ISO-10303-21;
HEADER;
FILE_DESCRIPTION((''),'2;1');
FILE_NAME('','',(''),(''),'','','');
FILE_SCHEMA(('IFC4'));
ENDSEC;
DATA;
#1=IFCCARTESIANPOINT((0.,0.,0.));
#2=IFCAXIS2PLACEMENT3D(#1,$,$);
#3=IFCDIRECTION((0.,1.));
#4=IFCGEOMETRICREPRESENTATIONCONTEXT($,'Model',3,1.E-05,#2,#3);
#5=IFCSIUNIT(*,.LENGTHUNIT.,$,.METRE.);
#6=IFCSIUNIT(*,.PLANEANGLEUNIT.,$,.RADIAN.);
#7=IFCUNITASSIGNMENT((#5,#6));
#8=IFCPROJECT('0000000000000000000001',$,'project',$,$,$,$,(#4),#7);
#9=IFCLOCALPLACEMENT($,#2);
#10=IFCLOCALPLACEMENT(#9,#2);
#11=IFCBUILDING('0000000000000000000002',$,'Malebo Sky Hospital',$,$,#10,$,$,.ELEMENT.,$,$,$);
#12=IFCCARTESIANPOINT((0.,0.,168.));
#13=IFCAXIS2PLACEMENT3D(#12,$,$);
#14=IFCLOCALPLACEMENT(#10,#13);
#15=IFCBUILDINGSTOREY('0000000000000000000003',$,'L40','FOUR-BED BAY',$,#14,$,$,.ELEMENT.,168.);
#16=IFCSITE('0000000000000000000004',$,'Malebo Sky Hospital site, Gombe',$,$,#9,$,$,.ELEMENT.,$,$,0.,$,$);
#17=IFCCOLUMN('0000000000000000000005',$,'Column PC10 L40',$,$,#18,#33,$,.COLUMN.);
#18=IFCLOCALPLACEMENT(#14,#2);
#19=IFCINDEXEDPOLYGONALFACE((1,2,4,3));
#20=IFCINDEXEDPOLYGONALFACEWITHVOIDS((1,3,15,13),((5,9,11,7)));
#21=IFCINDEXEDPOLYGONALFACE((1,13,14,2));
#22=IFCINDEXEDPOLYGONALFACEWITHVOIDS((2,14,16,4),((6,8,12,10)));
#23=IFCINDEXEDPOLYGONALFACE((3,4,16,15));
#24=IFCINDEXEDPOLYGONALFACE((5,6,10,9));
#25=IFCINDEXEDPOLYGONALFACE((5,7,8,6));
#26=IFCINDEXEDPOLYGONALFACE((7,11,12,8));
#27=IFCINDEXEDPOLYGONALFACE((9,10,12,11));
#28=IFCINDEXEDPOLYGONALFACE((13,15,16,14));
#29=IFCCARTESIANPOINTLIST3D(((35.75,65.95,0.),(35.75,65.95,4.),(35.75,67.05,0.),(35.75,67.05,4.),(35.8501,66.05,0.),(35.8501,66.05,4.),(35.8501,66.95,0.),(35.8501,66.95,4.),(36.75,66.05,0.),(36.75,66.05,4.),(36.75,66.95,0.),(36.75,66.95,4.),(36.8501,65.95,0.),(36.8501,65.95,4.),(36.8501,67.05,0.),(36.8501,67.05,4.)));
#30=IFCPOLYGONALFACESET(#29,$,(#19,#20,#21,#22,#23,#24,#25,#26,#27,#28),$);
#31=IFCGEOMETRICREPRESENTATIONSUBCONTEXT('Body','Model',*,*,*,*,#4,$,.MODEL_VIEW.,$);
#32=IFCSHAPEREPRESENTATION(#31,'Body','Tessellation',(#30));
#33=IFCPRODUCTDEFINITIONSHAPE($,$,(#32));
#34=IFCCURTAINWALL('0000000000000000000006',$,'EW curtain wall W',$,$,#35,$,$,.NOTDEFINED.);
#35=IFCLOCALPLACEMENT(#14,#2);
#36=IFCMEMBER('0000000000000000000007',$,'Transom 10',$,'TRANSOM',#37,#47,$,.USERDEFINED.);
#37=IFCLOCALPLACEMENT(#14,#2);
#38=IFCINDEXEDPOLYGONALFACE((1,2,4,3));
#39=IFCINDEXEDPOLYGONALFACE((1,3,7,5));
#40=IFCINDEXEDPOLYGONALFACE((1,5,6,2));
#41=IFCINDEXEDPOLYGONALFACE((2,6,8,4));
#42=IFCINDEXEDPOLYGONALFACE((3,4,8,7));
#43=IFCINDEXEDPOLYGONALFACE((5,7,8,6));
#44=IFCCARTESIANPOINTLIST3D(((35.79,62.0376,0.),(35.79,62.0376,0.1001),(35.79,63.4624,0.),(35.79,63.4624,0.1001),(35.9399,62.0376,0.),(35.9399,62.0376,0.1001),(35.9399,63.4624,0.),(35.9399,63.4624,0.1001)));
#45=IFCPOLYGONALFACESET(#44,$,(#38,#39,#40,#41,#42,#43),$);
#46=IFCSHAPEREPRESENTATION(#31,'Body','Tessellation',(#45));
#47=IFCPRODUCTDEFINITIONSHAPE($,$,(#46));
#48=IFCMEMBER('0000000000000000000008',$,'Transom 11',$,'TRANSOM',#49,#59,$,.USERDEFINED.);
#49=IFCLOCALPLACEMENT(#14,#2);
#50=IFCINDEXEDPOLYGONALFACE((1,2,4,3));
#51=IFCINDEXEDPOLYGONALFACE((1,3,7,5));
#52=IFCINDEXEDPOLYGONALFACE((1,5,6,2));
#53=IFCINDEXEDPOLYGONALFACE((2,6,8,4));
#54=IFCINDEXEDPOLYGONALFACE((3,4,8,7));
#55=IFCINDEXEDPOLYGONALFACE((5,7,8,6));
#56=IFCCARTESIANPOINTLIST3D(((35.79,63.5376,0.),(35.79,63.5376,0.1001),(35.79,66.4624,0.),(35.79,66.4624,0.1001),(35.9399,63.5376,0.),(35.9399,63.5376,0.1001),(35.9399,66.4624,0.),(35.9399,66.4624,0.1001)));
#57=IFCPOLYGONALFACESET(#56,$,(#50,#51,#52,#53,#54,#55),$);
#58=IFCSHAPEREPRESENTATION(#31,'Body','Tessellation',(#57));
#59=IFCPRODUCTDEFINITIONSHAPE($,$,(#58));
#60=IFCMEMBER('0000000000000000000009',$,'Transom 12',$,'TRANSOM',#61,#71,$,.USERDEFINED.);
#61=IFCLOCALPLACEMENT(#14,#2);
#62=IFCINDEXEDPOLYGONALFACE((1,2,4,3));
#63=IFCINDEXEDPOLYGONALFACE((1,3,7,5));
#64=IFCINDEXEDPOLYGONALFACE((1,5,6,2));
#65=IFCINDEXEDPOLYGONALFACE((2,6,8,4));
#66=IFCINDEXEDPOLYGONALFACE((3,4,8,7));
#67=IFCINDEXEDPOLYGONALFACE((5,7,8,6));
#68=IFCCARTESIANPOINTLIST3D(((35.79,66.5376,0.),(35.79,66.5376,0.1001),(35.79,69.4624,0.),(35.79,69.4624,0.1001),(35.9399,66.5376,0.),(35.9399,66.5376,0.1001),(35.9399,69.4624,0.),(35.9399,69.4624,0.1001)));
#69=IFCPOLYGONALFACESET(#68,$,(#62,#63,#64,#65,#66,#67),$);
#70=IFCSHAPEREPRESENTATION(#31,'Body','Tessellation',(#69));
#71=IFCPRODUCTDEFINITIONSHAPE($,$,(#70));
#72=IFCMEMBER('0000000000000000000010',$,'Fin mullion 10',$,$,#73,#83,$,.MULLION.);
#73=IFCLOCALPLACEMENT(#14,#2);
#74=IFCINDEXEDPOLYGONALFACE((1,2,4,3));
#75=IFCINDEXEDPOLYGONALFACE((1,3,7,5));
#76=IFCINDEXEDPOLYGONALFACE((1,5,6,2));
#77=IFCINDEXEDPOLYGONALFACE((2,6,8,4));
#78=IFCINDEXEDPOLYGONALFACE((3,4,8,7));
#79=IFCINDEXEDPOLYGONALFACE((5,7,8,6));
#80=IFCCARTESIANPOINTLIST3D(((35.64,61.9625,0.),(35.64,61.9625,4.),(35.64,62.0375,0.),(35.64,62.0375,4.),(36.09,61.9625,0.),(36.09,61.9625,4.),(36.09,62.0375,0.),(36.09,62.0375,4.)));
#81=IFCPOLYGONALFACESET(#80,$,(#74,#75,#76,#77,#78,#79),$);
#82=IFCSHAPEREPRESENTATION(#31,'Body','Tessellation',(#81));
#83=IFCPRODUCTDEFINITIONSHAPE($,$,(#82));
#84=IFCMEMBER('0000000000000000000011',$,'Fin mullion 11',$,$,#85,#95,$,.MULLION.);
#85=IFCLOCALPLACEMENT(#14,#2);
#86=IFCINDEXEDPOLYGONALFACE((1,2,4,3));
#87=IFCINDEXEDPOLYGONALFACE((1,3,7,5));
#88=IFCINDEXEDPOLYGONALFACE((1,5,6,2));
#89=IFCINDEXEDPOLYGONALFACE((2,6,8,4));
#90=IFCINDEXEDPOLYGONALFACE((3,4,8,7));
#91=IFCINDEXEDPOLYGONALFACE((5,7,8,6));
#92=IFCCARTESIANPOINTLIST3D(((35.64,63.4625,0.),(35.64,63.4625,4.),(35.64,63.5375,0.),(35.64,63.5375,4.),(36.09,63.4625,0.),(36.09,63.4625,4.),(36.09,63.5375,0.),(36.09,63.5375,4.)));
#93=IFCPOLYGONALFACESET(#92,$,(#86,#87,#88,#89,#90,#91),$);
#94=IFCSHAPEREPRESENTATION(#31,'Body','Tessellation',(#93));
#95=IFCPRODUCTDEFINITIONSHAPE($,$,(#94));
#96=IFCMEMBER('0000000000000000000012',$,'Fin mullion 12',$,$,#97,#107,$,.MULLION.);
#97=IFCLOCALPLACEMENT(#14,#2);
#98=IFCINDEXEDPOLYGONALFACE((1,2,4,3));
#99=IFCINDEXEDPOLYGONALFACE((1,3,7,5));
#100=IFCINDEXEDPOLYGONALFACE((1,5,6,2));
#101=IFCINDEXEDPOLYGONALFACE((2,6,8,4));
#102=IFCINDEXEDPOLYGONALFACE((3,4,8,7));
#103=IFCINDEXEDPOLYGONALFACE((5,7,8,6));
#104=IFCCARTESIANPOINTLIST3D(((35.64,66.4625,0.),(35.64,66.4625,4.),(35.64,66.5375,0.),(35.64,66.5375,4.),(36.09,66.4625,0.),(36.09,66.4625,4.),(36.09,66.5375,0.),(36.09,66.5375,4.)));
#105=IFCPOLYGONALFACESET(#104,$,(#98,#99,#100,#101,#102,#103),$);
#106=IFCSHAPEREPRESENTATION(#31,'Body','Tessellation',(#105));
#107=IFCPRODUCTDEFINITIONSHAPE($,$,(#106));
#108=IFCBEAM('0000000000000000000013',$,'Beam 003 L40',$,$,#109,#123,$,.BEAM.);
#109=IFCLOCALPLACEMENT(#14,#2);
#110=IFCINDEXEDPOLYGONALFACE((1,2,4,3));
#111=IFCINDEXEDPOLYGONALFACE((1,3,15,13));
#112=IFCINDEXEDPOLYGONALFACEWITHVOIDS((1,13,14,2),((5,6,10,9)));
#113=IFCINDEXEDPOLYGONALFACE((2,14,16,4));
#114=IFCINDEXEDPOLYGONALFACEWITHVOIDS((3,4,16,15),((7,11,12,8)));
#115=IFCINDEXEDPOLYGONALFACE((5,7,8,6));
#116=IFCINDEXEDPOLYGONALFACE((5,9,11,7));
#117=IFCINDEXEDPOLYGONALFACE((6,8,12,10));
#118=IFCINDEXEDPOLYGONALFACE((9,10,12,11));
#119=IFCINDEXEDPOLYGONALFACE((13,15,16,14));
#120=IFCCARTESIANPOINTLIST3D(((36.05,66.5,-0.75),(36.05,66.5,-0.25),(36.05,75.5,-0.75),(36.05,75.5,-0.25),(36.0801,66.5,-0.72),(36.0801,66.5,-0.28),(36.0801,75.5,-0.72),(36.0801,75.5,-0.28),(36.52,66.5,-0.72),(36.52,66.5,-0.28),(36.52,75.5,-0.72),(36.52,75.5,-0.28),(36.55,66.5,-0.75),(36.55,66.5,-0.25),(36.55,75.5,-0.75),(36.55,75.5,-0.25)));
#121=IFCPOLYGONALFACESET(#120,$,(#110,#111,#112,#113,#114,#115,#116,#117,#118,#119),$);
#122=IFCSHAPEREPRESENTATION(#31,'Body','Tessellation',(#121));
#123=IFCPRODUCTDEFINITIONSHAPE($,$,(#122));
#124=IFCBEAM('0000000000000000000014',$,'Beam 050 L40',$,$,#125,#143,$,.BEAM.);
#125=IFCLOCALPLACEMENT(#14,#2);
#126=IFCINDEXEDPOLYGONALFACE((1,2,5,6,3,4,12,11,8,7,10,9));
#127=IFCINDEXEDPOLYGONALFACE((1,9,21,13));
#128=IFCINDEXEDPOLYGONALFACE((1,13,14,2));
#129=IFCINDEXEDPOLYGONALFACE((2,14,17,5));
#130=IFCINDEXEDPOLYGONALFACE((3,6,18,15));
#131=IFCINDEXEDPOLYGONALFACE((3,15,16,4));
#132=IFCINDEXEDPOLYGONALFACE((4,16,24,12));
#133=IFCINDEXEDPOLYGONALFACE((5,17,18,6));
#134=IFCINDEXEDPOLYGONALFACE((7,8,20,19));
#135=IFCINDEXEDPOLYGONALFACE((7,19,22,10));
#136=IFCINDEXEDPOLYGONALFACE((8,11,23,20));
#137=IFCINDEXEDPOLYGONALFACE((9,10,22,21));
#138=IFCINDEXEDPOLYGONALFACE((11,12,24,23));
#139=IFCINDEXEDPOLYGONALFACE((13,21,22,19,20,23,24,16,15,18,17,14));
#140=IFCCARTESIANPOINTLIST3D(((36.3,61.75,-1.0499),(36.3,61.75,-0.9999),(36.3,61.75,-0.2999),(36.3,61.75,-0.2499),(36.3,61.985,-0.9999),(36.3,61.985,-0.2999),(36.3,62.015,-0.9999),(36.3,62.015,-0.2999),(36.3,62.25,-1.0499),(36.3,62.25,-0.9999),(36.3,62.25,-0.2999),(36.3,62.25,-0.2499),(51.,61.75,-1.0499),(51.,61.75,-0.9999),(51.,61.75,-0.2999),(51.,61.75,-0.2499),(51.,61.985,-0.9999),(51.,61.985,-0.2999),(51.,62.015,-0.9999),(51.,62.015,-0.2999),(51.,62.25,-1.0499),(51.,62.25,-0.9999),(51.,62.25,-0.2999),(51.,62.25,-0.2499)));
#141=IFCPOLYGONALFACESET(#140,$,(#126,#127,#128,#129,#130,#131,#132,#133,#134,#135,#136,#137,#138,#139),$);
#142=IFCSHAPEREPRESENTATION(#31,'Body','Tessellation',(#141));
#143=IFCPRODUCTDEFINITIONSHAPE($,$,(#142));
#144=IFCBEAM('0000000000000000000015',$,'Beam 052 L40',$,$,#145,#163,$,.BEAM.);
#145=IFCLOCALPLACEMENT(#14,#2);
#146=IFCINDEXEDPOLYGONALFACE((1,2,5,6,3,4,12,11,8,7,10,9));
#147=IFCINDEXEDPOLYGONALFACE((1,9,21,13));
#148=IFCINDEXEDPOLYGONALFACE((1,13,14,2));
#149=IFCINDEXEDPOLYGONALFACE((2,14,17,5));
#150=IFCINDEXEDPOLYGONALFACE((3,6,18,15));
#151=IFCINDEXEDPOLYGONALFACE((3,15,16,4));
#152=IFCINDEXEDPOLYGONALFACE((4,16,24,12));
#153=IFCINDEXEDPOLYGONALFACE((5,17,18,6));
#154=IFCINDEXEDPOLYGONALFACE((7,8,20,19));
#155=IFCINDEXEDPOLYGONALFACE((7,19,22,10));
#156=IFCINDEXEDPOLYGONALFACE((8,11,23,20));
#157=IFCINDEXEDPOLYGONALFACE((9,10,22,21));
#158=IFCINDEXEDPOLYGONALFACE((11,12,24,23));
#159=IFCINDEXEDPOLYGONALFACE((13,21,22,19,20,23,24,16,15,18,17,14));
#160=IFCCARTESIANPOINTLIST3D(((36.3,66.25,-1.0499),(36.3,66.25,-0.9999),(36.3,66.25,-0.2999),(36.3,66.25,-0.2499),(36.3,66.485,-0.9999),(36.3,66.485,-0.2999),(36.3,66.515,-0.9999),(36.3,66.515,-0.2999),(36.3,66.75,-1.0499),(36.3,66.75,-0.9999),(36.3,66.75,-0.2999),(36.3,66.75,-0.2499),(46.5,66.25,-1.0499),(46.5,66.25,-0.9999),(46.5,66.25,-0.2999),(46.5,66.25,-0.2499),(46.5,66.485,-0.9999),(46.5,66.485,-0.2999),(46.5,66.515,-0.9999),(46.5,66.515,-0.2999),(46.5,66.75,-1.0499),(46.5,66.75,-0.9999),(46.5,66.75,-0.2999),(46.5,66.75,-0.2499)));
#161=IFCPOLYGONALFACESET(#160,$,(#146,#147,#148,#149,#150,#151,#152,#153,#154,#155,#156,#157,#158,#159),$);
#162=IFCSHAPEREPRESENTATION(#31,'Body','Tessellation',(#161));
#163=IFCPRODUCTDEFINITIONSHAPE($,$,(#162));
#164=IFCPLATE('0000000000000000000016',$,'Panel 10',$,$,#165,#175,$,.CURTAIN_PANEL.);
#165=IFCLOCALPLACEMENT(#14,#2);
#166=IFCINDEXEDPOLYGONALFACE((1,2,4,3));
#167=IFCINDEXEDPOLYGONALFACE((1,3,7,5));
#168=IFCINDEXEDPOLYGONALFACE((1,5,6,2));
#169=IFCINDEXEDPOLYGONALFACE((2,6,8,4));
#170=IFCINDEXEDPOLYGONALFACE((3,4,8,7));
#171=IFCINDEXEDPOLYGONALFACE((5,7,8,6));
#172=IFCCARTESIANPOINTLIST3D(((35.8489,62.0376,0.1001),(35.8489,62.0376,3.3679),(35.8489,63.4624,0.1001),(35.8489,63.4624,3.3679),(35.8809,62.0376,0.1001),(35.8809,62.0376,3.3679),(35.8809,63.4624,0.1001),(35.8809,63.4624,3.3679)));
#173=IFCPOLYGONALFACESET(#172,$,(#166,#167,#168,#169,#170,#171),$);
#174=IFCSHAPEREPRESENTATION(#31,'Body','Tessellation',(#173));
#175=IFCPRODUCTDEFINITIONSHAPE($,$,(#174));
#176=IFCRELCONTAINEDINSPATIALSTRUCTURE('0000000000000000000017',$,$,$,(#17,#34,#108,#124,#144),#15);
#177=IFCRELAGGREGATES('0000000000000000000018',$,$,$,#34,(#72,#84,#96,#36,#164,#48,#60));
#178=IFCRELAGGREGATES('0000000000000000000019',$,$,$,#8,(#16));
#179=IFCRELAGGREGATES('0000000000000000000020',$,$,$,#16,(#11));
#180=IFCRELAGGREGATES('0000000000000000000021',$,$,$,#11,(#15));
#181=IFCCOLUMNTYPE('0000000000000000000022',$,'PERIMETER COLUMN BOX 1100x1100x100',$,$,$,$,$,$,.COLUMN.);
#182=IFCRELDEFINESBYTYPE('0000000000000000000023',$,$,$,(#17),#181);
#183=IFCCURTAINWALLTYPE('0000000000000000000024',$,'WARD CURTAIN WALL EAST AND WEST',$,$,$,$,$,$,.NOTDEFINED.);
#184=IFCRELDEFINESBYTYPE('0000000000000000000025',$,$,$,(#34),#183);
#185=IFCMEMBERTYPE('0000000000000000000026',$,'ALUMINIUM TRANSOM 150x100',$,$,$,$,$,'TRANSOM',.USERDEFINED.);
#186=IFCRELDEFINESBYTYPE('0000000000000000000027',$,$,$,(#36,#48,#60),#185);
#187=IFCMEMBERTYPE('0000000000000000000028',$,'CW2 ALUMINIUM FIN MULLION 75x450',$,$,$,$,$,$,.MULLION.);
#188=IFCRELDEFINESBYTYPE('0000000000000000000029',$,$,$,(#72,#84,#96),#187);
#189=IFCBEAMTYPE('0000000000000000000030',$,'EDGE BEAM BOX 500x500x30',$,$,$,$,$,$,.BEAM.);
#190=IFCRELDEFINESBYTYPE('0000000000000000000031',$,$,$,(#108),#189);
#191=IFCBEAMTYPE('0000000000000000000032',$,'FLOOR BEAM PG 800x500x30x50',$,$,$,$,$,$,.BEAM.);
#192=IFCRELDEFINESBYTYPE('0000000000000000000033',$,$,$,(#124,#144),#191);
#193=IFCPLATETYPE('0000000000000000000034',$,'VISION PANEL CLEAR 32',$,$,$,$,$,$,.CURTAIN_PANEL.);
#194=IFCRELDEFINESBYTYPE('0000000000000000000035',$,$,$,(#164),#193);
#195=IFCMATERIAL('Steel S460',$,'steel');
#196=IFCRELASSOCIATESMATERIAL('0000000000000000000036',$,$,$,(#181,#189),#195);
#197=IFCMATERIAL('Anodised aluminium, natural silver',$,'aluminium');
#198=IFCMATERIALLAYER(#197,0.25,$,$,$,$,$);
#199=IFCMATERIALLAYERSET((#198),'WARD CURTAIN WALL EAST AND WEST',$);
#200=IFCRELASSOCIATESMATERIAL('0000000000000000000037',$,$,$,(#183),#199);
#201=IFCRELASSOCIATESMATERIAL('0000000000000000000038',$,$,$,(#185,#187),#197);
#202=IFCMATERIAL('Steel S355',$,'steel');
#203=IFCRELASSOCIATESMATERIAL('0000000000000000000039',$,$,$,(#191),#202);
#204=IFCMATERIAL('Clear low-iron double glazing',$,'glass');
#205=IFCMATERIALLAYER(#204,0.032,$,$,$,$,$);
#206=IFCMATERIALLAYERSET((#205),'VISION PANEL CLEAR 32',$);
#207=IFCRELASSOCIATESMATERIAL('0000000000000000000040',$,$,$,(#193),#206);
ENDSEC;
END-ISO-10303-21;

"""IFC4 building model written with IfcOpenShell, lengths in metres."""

from ifc_helpers import new_model, si_unit, direction, frame, origin, origin_2d, place, context, subcontext, project, spatial, polyline, rectangle, hollow_rectangle, i_section, outline, extrude, material, layer, layer_set, material_profile, profile_set, type_object, element, aggregate, save


model = new_model("IFC4")

# Units and contexts
model_context = context("Model", 3, precision=1e-05, world=origin(), true_north=direction((0.0, 1.0)))
body_context = subcontext(model_context, "Body", "Model", "MODEL_VIEW")
ifc_project = project(units=[si_unit("LENGTHUNIT", "METRE"), si_unit("PLANEANGLEUNIT", "RADIAN")], contexts=[model_context])

# Site, building, storey
site_placement = place(None, origin())
site = spatial("IfcSite", under=ifc_project, at=site_placement, Name="Malebo Sky Hospital site, Gombe", CompositionType="ELEMENT", RefElevation=0.0)
building_placement = place(site_placement, origin())
building = spatial("IfcBuilding", under=site, at=building_placement, Name="Malebo Sky Hospital", CompositionType="ELEMENT")
storey_placement = place(building_placement, frame((0.0, 0.0, 168.0)))
storey = spatial("IfcBuildingStorey", under=building, at=storey_placement, Name="L40", Description="FOUR-BED BAY", CompositionType="ELEMENT", Elevation=168.0)

# Column
ifc_material_1 = material(Name="Steel S460", Category="steel")
ifc_material_profile_1 = material_profile(ifc_material_1, hollow_rectangle(XDim=1.1001, YDim=1.1001, WallThickness=0.1001, at=origin_2d()), Name="BOX 1100x1100x100")
ifc_profile_set_1 = profile_set([ifc_material_profile_1], Name="Steel S460")
column_type = type_object("IfcColumnType", Name="PERIMETER COLUMN BOX 1100x1100x100", PredefinedType="COLUMN", material=ifc_profile_set_1)
column_placement = place(storey_placement, frame((36.3, 66.5, 0.0), z_axis=(0.0, 0.0, 1.0), x_axis=(1.0, 0.0, 0.0)))
element("IfcColumn", 1, at=column_placement, inside=storey, type_object=column_type, Name="Column PC10 L40", PredefinedType="COLUMN", context=body_context, shape_type="SweptSolid", body=[
    extrude(hollow_rectangle(XDim=1.1001, YDim=1.1001, WallThickness=0.1001, at=origin_2d()), origin(), (0.0, 0.0, 1.0), 4.0),
])

# Curtain wall, members
ifc_material_2 = material(Name="Anodised aluminium, natural silver", Category="aluminium")
ifc_layer_1 = layer(ifc_material_2, 0.25)
ifc_layer_set_1 = layer_set([ifc_layer_1], Name="WARD CURTAIN WALL EAST AND WEST")
curtain_wall_type = type_object("IfcCurtainWallType", Name="WARD CURTAIN WALL EAST AND WEST", PredefinedType="NOTDEFINED", material=ifc_layer_set_1)
curtain_wall_placement = place(storey_placement, origin())
curtain_wall = element("IfcCurtainWall", 2, at=curtain_wall_placement, inside=storey, type_object=curtain_wall_type, Name="EW curtain wall W", PredefinedType="NOTDEFINED")
ifc_material_profile_2 = material_profile(ifc_material_2, rectangle(XDim=0.1499, YDim=0.1001, at=origin_2d()), Name="ALUMINIUM TRANSOM 150x100")
ifc_profile_set_2 = profile_set([ifc_material_profile_2], Name="Anodised aluminium, natural silver")
member_type_1 = type_object("IfcMemberType", Name="ALUMINIUM TRANSOM 150x100", ElementType="TRANSOM", PredefinedType="USERDEFINED", material=ifc_profile_set_2)
member_1_placement = place(storey_placement, frame((35.865, 62.0376, 0.05), z_axis=(0.0, 1.0, 0.0), x_axis=(-1.0, 0.0, 0.0)))
member_1 = element("IfcMember", 3, at=member_1_placement, type_object=member_type_1, Name="Transom 10", ObjectType="TRANSOM", PredefinedType="USERDEFINED", context=body_context, shape_type="SweptSolid", body=[
    extrude(rectangle(XDim=0.1499, YDim=0.1001, at=origin_2d()), origin(), (0.0, 0.0, 1.0), 1.4248),
])
member_2_placement = place(storey_placement, frame((35.865, 63.5376, 0.05), z_axis=(0.0, 1.0, 0.0), x_axis=(-1.0, 0.0, 0.0)))
member_2 = element("IfcMember", 4, at=member_2_placement, type_object=member_type_1, Name="Transom 11", ObjectType="TRANSOM", PredefinedType="USERDEFINED", context=body_context, shape_type="SweptSolid", body=[
    extrude(rectangle(XDim=0.1499, YDim=0.1001, at=origin_2d()), origin(), (0.0, 0.0, 1.0), 2.9248),
])
member_3_placement = place(storey_placement, frame((35.865, 66.5376, 0.05), z_axis=(0.0, 1.0, 0.0), x_axis=(-1.0, 0.0, 0.0)))
member_3 = element("IfcMember", 5, at=member_3_placement, type_object=member_type_1, Name="Transom 12", ObjectType="TRANSOM", PredefinedType="USERDEFINED", context=body_context, shape_type="SweptSolid", body=[
    extrude(rectangle(XDim=0.1499, YDim=0.1001, at=origin_2d()), origin(), (0.0, 0.0, 1.0), 2.9248),
])
ifc_material_profile_3 = material_profile(ifc_material_2, rectangle(XDim=0.075, YDim=0.45, at=origin_2d()), Name="CW2 ALUMINIUM FIN MULLION 75x450")
ifc_profile_set_3 = profile_set([ifc_material_profile_3], Name="Anodised aluminium, natural silver")
member_type_2 = type_object("IfcMemberType", Name="CW2 ALUMINIUM FIN MULLION 75x450", PredefinedType="MULLION", material=ifc_profile_set_3)
member_4_placement = place(storey_placement, frame((35.865, 62.0, 0.0), z_axis=(0.0, 0.0, 1.0), x_axis=(0.0, 1.0, 0.0)))
member_4 = element("IfcMember", 6, at=member_4_placement, type_object=member_type_2, Name="Fin mullion 10", PredefinedType="MULLION", context=body_context, shape_type="SweptSolid", body=[
    extrude(rectangle(XDim=0.075, YDim=0.45, at=origin_2d()), origin(), (0.0, 0.0, 1.0), 4.0),
])
member_5_placement = place(storey_placement, frame((35.865, 63.5, 0.0), z_axis=(0.0, 0.0, 1.0), x_axis=(0.0, 1.0, 0.0)))
member_5 = element("IfcMember", 7, at=member_5_placement, type_object=member_type_2, Name="Fin mullion 11", PredefinedType="MULLION", context=body_context, shape_type="SweptSolid", body=[
    extrude(rectangle(XDim=0.075, YDim=0.45, at=origin_2d()), origin(), (0.0, 0.0, 1.0), 4.0),
])
member_6_placement = place(storey_placement, frame((35.865, 66.5, 0.0), z_axis=(0.0, 0.0, 1.0), x_axis=(0.0, 1.0, 0.0)))
member_6 = element("IfcMember", 8, at=member_6_placement, type_object=member_type_2, Name="Fin mullion 12", PredefinedType="MULLION", context=body_context, shape_type="SweptSolid", body=[
    extrude(rectangle(XDim=0.075, YDim=0.45, at=origin_2d()), origin(), (0.0, 0.0, 1.0), 4.0),
])

# Beams
ifc_material_profile_4 = material_profile(ifc_material_1, hollow_rectangle(XDim=0.5, YDim=0.5, WallThickness=0.03, at=origin_2d()), Name="BOX 500x500x30")
ifc_profile_set_4 = profile_set([ifc_material_profile_4], Name="Steel S460")
beam_type_1 = type_object("IfcBeamType", Name="EDGE BEAM BOX 500x500x30", PredefinedType="BEAM", material=ifc_profile_set_4)
beam_1_placement = place(storey_placement, frame((36.3, 66.5, -0.5), z_axis=(0.0, 1.0, 0.0), x_axis=(-1.0, 0.0, 0.0)))
element("IfcBeam", 9, at=beam_1_placement, inside=storey, type_object=beam_type_1, Name="Beam 003 L40", PredefinedType="BEAM", context=body_context, shape_type="SweptSolid", body=[
    extrude(hollow_rectangle(XDim=0.5, YDim=0.5, WallThickness=0.03, at=origin_2d()), origin(), (0.0, 0.0, 1.0), 9.0),
])
ifc_material_3 = material(Name="Steel S355", Category="steel")
ifc_material_profile_5 = material_profile(ifc_material_3, i_section(OverallWidth=0.5, OverallDepth=0.8, WebThickness=0.03, FlangeThickness=0.05, at=origin_2d()), Name="PG 800x500x30x50")
ifc_profile_set_5 = profile_set([ifc_material_profile_5], Name="Steel S355")
beam_type_2 = type_object("IfcBeamType", Name="FLOOR BEAM PG 800x500x30x50", PredefinedType="BEAM", material=ifc_profile_set_5)
beam_2_placement = place(storey_placement, frame((36.3, 62.0, -0.6499), z_axis=(1.0, 0.0, 0.0), x_axis=(0.0, 1.0, 0.0)))
element("IfcBeam", 10, at=beam_2_placement, inside=storey, type_object=beam_type_2, Name="Beam 050 L40", PredefinedType="BEAM", context=body_context, shape_type="SweptSolid", body=[
    extrude(i_section(OverallWidth=0.5, OverallDepth=0.8, WebThickness=0.03, FlangeThickness=0.05, at=origin_2d()), origin(), (0.0, 0.0, 1.0), 14.7),
])
beam_3_placement = place(storey_placement, frame((36.3, 66.5, -0.6499), z_axis=(1.0, 0.0, 0.0), x_axis=(0.0, 1.0, 0.0)))
element("IfcBeam", 11, at=beam_3_placement, inside=storey, type_object=beam_type_2, Name="Beam 052 L40", PredefinedType="BEAM", context=body_context, shape_type="SweptSolid", body=[
    extrude(i_section(OverallWidth=0.5, OverallDepth=0.8, WebThickness=0.03, FlangeThickness=0.05, at=origin_2d()), origin(), (0.0, 0.0, 1.0), 10.2),
])

# Plate
ifc_material_4 = material(Name="Clear low-iron double glazing", Category="glass")
ifc_layer_2 = layer(ifc_material_4, 0.032)
ifc_layer_set_2 = layer_set([ifc_layer_2], Name="VISION PANEL CLEAR 32")
plate_type = type_object("IfcPlateType", Name="VISION PANEL CLEAR 32", PredefinedType="CURTAIN_PANEL", material=ifc_layer_set_2)
plate_1_placement = place(storey_placement, frame((35.865, 62.75, 0.1001), z_axis=(0.0, 0.0, 1.0), x_axis=(0.0, 1.0, 0.0)))
plate_1 = element("IfcPlate", 12, at=plate_1_placement, type_object=plate_type, Name="Panel 10", PredefinedType="CURTAIN_PANEL", context=body_context, shape_type="SweptSolid", body=[
    extrude(outline(polyline([(-0.7124, 0.0), (0.7124, 0.0), (0.7124, 3.2678), (-0.7124, 3.2678), (-0.7124, 0.0)])), frame((0.0, 0.0161, 0.0), z_axis=(0.0, -1.0, 0.0), x_axis=(1.0, 0.0, 0.0)), (0.0, 0.0, 1.0), 0.032),
])
aggregate(curtain_wall, [member_4, member_5, member_6, member_1, plate_1, member_2, member_3])

save(model, "model.ifc")
